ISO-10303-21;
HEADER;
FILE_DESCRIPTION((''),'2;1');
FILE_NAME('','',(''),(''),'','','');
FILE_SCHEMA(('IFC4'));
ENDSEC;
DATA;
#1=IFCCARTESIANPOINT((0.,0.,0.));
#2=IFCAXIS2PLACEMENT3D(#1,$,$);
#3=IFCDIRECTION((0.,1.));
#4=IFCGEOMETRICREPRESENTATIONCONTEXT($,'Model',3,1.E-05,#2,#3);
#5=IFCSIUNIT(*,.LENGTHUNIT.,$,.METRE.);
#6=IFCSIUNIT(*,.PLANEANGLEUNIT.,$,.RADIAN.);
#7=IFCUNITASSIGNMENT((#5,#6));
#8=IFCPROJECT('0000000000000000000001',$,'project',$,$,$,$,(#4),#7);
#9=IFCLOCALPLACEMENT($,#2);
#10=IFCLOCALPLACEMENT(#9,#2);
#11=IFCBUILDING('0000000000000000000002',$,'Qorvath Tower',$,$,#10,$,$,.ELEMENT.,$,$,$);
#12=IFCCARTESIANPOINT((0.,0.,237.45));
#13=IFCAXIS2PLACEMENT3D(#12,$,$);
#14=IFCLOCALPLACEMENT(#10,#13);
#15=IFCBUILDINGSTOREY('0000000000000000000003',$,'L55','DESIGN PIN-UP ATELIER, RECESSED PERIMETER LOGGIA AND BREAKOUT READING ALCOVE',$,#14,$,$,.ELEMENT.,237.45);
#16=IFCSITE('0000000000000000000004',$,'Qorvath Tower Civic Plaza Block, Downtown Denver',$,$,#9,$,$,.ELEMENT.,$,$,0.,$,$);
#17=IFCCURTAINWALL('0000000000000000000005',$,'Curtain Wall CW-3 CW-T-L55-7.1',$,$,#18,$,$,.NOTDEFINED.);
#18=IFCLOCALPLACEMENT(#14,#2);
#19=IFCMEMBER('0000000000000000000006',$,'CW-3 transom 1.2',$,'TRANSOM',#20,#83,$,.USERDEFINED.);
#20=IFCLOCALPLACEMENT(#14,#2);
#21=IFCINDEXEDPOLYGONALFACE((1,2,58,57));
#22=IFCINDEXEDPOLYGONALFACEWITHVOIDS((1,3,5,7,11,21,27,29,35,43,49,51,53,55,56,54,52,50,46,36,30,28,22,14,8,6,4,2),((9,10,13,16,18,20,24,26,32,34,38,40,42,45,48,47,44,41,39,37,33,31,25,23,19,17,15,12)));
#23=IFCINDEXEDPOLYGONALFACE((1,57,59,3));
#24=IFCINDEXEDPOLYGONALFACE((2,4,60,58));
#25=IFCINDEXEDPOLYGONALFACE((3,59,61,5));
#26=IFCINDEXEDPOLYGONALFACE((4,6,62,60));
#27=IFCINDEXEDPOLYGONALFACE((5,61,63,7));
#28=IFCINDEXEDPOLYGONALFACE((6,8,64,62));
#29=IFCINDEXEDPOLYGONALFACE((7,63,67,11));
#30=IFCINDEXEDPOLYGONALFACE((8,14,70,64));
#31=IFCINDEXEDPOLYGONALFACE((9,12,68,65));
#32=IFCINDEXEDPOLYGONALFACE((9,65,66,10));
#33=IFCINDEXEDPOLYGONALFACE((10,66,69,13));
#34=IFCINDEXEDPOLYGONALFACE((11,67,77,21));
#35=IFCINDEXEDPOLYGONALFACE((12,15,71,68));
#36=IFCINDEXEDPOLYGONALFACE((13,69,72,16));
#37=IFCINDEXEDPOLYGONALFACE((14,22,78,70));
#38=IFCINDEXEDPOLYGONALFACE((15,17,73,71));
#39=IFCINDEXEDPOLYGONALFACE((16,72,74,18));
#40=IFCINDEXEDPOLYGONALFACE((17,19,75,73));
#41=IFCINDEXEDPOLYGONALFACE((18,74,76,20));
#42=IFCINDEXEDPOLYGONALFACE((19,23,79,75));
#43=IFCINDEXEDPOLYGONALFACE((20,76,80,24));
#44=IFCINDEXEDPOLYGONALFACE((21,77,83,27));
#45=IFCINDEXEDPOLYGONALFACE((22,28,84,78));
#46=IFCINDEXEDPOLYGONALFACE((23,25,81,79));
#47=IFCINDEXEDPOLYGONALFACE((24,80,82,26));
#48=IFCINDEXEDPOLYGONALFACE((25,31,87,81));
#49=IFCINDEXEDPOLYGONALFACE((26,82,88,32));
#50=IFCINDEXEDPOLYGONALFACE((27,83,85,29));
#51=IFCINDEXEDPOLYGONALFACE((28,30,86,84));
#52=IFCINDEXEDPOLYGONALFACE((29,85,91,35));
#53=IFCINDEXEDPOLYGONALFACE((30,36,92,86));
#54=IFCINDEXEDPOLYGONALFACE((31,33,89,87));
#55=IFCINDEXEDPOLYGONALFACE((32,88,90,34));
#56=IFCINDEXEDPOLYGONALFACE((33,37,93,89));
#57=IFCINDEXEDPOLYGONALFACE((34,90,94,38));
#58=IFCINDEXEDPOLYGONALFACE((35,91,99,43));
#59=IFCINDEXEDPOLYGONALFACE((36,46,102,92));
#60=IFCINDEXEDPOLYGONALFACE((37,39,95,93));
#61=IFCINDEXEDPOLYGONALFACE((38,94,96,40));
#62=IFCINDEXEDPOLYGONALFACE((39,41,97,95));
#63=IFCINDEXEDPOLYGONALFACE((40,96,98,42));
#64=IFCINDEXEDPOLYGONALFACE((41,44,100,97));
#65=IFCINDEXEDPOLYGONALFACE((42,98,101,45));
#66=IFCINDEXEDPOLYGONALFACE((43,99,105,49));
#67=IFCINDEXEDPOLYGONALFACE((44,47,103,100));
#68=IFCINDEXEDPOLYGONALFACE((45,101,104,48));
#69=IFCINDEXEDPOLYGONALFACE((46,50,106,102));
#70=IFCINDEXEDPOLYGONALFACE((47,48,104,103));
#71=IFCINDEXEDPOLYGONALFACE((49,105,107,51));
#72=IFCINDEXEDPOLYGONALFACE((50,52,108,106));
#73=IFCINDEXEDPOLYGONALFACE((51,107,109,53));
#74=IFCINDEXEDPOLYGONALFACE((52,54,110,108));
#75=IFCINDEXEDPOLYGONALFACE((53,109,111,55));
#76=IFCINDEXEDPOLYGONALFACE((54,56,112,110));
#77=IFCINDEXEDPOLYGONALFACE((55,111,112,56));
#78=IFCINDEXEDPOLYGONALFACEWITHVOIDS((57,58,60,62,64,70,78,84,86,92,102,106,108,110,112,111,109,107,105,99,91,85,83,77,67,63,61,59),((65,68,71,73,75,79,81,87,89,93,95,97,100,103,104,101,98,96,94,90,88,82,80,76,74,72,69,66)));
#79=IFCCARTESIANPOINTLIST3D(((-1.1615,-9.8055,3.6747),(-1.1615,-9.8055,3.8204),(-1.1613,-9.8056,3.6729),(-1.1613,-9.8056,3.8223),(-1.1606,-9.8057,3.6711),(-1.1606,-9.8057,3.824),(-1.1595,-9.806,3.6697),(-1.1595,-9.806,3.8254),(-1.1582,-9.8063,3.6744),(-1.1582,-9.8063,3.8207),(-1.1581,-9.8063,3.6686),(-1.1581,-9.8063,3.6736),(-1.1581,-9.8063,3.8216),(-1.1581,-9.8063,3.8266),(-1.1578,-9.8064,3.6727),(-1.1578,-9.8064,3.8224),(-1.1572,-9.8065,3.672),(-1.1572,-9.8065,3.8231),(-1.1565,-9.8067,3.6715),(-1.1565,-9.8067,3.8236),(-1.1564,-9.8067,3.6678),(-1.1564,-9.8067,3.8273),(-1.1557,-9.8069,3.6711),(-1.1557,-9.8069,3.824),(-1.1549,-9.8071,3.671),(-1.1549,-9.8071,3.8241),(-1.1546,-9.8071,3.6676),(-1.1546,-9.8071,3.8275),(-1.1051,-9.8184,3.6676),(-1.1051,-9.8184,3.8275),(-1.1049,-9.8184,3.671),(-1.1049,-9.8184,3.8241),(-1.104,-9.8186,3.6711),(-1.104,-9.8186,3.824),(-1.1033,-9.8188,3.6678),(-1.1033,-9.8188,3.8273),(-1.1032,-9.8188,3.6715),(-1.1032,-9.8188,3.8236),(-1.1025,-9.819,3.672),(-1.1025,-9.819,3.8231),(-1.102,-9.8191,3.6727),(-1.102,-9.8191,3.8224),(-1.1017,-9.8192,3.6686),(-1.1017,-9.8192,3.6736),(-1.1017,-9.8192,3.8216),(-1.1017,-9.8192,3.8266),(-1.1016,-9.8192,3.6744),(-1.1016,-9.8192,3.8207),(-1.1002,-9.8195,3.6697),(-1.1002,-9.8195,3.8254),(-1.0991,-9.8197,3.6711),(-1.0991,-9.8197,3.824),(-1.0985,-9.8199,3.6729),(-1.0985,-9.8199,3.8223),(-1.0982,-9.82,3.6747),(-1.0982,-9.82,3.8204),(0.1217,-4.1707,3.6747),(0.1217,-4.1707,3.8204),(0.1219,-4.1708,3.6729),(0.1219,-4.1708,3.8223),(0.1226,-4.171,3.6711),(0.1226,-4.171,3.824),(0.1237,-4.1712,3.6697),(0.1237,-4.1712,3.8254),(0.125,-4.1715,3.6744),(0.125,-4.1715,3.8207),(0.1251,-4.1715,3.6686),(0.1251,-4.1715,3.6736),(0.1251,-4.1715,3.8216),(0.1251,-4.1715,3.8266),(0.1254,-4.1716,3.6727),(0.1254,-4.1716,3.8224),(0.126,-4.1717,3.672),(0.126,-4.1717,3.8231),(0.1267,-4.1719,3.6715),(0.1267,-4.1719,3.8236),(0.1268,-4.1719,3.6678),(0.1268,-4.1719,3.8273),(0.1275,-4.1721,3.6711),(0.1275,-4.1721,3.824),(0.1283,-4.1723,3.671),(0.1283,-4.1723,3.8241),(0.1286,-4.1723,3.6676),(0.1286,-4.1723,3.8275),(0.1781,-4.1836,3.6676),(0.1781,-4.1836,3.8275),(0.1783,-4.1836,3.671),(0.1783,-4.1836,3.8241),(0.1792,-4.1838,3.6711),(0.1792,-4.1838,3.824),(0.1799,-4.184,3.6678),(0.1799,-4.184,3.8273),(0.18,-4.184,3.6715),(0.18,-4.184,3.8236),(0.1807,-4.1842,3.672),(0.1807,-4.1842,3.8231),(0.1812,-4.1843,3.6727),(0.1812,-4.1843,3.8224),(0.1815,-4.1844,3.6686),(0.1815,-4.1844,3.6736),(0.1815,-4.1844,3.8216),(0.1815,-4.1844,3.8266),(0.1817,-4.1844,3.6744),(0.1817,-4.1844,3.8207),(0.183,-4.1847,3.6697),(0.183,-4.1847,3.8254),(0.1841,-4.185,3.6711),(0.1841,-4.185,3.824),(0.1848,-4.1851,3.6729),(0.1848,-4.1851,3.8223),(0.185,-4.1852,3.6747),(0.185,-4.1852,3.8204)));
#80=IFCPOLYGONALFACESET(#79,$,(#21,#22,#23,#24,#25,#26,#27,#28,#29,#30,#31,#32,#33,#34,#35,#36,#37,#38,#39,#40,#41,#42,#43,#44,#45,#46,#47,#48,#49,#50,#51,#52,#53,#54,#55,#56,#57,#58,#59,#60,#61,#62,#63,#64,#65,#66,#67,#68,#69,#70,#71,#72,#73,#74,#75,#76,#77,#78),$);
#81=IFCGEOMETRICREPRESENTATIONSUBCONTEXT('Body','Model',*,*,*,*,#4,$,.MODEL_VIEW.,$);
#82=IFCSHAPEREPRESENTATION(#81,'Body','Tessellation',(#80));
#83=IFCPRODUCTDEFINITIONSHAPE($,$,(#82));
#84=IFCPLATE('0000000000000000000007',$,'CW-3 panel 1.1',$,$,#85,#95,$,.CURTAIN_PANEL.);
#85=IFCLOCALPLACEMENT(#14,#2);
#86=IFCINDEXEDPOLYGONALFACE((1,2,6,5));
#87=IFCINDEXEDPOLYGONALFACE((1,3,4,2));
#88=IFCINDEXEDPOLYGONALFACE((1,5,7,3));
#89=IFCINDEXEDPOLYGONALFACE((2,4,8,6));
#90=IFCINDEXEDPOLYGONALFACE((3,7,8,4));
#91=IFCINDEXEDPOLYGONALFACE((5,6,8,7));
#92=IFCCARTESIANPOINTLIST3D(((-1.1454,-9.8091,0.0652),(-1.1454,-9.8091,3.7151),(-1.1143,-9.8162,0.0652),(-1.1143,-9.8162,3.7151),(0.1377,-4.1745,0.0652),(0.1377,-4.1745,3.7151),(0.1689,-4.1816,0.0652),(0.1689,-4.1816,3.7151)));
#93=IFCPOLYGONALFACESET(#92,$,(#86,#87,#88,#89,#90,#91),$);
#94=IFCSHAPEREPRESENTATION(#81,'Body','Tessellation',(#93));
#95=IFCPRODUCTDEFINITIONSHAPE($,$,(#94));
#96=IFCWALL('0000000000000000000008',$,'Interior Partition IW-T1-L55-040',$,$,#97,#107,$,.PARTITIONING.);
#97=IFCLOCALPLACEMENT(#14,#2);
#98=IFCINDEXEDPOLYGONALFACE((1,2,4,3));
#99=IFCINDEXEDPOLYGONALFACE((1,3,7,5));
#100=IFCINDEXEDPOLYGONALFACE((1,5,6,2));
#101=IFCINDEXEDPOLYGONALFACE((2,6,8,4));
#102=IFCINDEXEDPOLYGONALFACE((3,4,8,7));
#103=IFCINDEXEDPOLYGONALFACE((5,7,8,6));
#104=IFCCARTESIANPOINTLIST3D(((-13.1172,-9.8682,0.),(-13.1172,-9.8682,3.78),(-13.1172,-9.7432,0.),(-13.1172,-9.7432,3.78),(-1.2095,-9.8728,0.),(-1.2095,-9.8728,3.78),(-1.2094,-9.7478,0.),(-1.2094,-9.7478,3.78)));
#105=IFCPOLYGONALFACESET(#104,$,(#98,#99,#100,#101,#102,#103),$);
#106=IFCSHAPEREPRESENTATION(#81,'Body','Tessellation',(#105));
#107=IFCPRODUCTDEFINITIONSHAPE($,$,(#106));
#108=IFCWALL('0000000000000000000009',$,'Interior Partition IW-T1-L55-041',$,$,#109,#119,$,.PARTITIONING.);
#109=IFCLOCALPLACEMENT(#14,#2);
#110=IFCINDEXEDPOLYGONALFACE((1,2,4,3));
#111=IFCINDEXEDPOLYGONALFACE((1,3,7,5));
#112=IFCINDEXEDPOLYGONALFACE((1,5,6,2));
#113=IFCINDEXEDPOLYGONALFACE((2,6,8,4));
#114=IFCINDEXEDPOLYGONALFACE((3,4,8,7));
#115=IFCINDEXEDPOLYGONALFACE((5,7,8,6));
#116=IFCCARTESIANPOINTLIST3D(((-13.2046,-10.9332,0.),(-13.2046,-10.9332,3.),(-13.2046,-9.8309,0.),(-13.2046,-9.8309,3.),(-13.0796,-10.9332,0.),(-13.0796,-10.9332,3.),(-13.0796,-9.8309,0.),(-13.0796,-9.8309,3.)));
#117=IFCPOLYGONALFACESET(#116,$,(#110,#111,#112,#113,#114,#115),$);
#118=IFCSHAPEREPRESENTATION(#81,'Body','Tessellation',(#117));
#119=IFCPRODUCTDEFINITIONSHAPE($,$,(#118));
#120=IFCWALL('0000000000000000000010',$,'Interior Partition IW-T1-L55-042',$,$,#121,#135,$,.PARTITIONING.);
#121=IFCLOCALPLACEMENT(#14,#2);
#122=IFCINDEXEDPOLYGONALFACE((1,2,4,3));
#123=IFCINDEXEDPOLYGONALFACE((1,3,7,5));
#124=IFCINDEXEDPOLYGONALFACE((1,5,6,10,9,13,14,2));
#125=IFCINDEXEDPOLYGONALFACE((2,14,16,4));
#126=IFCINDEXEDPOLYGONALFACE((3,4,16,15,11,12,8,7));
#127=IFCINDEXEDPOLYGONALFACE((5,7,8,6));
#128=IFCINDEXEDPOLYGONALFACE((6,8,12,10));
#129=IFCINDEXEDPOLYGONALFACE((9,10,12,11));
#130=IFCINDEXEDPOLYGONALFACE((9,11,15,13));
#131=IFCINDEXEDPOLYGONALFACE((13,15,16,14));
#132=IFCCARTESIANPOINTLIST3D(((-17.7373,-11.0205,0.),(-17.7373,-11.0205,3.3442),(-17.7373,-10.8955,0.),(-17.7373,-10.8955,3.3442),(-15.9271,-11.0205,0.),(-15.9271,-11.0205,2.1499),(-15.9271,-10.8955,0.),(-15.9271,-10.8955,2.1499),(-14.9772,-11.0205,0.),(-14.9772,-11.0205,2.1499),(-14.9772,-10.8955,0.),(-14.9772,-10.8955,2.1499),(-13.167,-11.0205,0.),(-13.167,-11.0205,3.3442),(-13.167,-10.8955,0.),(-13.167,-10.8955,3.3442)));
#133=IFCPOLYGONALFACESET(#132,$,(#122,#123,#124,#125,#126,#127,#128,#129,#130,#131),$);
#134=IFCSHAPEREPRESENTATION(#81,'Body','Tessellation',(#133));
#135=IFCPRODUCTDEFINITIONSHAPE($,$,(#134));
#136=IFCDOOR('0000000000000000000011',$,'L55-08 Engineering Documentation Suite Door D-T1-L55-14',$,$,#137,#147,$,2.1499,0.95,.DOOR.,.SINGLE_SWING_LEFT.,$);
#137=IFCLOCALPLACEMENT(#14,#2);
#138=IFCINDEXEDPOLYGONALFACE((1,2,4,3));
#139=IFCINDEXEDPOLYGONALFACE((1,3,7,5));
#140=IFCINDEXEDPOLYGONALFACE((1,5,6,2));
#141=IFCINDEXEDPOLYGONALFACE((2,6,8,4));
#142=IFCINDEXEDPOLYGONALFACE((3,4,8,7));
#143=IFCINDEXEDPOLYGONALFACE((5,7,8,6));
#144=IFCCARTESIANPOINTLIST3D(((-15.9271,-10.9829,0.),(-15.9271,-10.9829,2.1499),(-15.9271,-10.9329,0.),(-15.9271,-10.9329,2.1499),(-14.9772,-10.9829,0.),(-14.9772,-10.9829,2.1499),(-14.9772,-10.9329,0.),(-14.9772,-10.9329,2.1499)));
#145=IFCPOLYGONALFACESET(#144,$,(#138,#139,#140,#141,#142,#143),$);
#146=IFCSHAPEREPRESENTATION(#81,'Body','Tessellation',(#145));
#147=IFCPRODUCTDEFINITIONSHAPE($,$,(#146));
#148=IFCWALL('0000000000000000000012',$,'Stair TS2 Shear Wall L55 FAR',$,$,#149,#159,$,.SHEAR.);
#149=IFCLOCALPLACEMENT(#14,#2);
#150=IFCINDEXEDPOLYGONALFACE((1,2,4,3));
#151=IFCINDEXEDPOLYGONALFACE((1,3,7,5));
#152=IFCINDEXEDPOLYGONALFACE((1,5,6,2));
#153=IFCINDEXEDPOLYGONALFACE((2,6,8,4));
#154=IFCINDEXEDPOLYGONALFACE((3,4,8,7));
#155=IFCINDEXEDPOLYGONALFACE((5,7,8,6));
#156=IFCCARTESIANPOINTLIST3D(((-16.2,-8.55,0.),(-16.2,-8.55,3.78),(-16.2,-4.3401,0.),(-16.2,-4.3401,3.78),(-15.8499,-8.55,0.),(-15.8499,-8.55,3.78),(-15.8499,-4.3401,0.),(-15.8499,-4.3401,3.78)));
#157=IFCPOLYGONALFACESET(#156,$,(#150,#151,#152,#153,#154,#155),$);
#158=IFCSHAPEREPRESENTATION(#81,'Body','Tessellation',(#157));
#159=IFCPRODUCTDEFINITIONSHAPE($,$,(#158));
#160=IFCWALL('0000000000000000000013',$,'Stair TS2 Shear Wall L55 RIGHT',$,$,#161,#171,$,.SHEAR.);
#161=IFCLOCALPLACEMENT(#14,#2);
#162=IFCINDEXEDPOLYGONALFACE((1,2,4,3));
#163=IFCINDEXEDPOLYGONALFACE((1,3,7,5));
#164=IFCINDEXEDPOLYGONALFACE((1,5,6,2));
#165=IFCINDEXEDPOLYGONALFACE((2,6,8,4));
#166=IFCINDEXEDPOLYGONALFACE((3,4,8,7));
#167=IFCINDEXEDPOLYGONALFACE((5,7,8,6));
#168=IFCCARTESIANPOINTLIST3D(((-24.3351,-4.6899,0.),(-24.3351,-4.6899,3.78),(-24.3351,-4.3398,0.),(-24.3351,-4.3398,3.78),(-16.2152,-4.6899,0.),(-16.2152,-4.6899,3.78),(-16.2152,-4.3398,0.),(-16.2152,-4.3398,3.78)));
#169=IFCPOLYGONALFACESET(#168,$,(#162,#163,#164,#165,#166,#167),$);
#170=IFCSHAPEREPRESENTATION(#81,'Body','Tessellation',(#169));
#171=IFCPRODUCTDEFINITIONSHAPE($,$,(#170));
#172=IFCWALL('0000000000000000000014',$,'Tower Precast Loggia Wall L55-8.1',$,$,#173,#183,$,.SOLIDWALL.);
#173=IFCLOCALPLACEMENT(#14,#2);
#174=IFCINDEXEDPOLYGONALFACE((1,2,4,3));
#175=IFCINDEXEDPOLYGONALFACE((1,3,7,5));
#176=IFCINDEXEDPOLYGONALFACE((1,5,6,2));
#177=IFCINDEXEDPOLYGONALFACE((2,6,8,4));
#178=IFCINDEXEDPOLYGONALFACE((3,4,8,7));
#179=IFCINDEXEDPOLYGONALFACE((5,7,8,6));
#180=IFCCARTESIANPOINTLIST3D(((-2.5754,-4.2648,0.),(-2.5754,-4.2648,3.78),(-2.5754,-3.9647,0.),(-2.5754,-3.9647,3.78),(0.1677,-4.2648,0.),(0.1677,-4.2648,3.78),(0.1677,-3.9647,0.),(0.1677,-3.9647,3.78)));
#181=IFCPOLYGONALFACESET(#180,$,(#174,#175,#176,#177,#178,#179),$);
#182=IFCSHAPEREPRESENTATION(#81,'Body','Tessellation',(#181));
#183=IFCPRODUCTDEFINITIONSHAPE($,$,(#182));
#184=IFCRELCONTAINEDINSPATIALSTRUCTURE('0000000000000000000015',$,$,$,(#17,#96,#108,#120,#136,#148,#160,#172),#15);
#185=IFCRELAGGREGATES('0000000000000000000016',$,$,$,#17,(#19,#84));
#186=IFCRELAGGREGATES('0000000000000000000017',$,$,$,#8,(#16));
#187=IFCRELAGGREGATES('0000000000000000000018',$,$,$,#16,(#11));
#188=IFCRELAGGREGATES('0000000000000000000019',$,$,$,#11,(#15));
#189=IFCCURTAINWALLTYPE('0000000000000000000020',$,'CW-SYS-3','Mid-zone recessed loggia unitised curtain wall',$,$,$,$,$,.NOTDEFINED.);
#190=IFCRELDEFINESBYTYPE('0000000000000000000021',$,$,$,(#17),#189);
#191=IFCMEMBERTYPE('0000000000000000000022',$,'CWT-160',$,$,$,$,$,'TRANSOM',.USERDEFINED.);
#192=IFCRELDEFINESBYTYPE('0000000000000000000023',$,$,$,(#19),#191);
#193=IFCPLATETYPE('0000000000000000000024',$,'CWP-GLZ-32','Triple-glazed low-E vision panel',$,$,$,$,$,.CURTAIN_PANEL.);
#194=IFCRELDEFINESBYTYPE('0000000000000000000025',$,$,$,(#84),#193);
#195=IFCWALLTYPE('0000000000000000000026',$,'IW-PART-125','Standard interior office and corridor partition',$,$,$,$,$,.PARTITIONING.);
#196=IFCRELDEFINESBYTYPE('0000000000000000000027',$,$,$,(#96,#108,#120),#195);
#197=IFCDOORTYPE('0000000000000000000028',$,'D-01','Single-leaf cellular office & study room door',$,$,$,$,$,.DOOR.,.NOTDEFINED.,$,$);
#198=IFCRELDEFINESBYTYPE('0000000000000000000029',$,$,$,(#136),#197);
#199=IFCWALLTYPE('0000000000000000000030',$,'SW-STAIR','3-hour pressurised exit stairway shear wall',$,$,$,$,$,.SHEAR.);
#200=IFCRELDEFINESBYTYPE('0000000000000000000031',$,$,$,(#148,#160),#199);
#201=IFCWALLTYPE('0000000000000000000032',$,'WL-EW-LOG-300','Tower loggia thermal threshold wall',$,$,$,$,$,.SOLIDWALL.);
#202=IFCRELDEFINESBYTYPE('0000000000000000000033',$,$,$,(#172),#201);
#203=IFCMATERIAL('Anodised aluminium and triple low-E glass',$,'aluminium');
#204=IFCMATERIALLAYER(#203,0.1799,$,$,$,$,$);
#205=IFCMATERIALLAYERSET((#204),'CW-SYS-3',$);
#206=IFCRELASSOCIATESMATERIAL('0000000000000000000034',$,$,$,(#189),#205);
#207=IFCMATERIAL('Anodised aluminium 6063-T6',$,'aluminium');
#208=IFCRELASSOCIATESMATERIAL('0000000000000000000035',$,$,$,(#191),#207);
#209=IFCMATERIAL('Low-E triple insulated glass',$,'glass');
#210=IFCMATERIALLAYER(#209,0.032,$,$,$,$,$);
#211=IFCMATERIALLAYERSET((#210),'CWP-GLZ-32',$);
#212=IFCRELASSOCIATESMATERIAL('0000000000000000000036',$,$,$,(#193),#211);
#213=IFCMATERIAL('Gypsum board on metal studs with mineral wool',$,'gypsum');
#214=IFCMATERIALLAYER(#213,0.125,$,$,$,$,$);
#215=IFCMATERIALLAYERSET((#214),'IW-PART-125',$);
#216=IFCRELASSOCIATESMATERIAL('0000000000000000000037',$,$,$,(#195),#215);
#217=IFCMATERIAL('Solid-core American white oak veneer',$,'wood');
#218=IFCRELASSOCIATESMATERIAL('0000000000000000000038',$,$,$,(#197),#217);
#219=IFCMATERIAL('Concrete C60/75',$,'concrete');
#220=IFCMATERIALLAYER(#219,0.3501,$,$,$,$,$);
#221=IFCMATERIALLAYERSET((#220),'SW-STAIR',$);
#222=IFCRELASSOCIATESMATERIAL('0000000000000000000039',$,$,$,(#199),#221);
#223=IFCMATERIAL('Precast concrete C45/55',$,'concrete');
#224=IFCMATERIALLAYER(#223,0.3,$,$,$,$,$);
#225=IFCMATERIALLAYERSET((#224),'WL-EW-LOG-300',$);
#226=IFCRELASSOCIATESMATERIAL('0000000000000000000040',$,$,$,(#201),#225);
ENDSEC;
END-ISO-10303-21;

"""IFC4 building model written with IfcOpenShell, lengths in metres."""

from ifc_helpers import new_model, si_unit, direction, frame, frame_2d, origin, origin_2d, place, context, subcontext, project, spatial, rectangle, hollow_rectangle, extrude, material, layer, layer_set, material_profile, profile_set, type_object, element, fill, aggregate, save


model = new_model("IFC4")

# Units and contexts
model_context = context("Model", 3, precision=1e-05, world=origin(), true_north=direction((0.0, 1.0)))
body_context = subcontext(model_context, "Body", "Model", "MODEL_VIEW")
ifc_project = project(units=[si_unit("LENGTHUNIT", "METRE"), si_unit("PLANEANGLEUNIT", "RADIAN")], contexts=[model_context])

# Site, building, storey
site_placement = place(None, origin())
site = spatial("IfcSite", under=ifc_project, at=site_placement, Name="Qorvath Tower Civic Plaza Block, Downtown Denver", CompositionType="ELEMENT", RefElevation=0.0)
building_placement = place(site_placement, origin())
building = spatial("IfcBuilding", under=site, at=building_placement, Name="Qorvath Tower", CompositionType="ELEMENT")
storey_placement = place(building_placement, frame((0.0, 0.0, 237.45)))
storey = spatial("IfcBuildingStorey", under=building, at=storey_placement, Name="L55", Description="DESIGN PIN-UP ATELIER, RECESSED PERIMETER LOGGIA AND BREAKOUT READING ALCOVE", CompositionType="ELEMENT", Elevation=237.45)

# Shared definitions
ifc_material_1 = material(Name="Anodised aluminium and triple low-E glass", Category="aluminium")
ifc_layer_1 = layer(ifc_material_1, 0.1799)
ifc_layer_set_1 = layer_set([ifc_layer_1], Name="CW-SYS-3")
curtain_wall_type = type_object("IfcCurtainWallType", Name="CW-SYS-3", Description="Mid-zone recessed loggia unitised curtain wall", PredefinedType="NOTDEFINED", material=ifc_layer_set_1)

# Curtain wall, member, plate
curtain_wall_1_placement = place(storey_placement, origin())
curtain_wall_1 = element("IfcCurtainWall", 1, at=curtain_wall_1_placement, inside=storey, type_object=curtain_wall_type, Name="Curtain Wall CW-3 CW-T-L55-7.1", PredefinedType="NOTDEFINED")
ifc_material_2 = material(Name="Anodised aluminium 6063-T6", Category="aluminium")
ifc_material_profile_1 = material_profile(ifc_material_2, hollow_rectangle(XDim=0.0649, YDim=0.1599, WallThickness=0.0034, InnerFilletRadius=0.0034, OuterFilletRadius=0.0071, at=origin_2d()), Name="CWT 160x65")
ifc_profile_set_1 = profile_set([ifc_material_profile_1], Name="Anodised aluminium 6063-T6")
member_type_1 = type_object("IfcMemberType", Name="CWT-160", ElementType="TRANSOM", PredefinedType="USERDEFINED", material=ifc_profile_set_1)
member_1_placement = place(storey_placement, frame((-1.1299, -9.8127, 3.7476), z_axis=(0.222045, 0.975036, 0.0), x_axis=(-0.975036, 0.222045, 0.0)))
member_1 = element("IfcMember", 2, at=member_1_placement, type_object=member_type_1, Name="CW-3 transom 1.2", ObjectType="TRANSOM", PredefinedType="USERDEFINED", context=body_context, shape_type="SweptSolid", body=[
    extrude(hollow_rectangle(XDim=0.0649, YDim=0.1599, WallThickness=0.0034, InnerFilletRadius=0.0034, OuterFilletRadius=0.0071, at=origin_2d()), origin(), (0.0, 0.0, 1.0), 5.7791),
])
ifc_material_3 = material(Name="Low-E triple insulated glass", Category="glass")
ifc_layer_2 = layer(ifc_material_3, 0.032)
ifc_layer_set_2 = layer_set([ifc_layer_2], Name="CWP-GLZ-32")
plate_type = type_object("IfcPlateType", Name="CWP-GLZ-32", Description="Triple-glazed low-E vision panel", PredefinedType="CURTAIN_PANEL", material=ifc_layer_set_2)
plate_placement = place(storey_placement, frame((-0.4883, -6.9954, 0.0652), z_axis=(0.0, 0.0, 1.0), x_axis=(0.222042, 0.975037, 0.0)))
plate = element("IfcPlate", 3, at=plate_placement, type_object=plate_type, Name="CW-3 panel 1.1", PredefinedType="CURTAIN_PANEL", context=body_context, shape_type="SweptSolid", body=[
    extrude(rectangle(XDim=5.7788, YDim=0.032, at=origin_2d()), origin(), (0.0, 0.0, 1.0), 3.6499),
])
aggregate(curtain_wall_1, [member_1, plate])

# Walls
ifc_material_4 = material(Name="Gypsum board on metal studs with mineral wool", Category="gypsum")
ifc_layer_3 = layer(ifc_material_4, 0.125)
ifc_layer_set_3 = layer_set([ifc_layer_3], Name="IW-PART-125")
wall_type_1 = type_object("IfcWallType", Name="IW-PART-125", Description="Standard interior office and corridor partition", PredefinedType="PARTITIONING", material=ifc_layer_set_3)
wall_1_placement = place(storey_placement, frame((-1.2095, -9.8103, 0.0), z_axis=(0.0, 0.0, 1.0), x_axis=(-1.0, 0.00039, 0.0)))
element("IfcWall", 4, at=wall_1_placement, inside=storey, type_object=wall_type_1, Name="Interior Partition IW-T1-L55-040", PredefinedType="PARTITIONING", context=body_context, shape_type="SweptSolid", body=[
    extrude(rectangle(XDim=11.9077, YDim=0.125, at=frame_2d((5.9539, 0.0))), origin(), (0.0, 0.0, 1.0), 3.78),
])
wall_2_placement = place(storey_placement, frame((-13.1421, -9.8308, 0.0), z_axis=(0.0, 0.0, 1.0), x_axis=(0.0, -1.0, 0.0)))
element("IfcWall", 5, at=wall_2_placement, inside=storey, type_object=wall_type_1, Name="Interior Partition IW-T1-L55-041", PredefinedType="PARTITIONING", context=body_context, shape_type="SweptSolid", body=[
    extrude(rectangle(XDim=1.1023, YDim=0.125, at=frame_2d((0.5513, 0.0))), origin(), (0.0, 0.0, 1.0), 3.0),
])

# Wall, opening, door
wall_3_placement = place(storey_placement, frame((-13.167, -10.958, 0.0), z_axis=(0.0, 0.0, 1.0), x_axis=(-1.0, 0.0, 0.0)))
wall_3 = element("IfcWall", 6, at=wall_3_placement, inside=storey, type_object=wall_type_1, Name="Interior Partition IW-T1-L55-042", PredefinedType="PARTITIONING", context=body_context, shape_type="SweptSolid", body=[
    extrude(rectangle(XDim=4.5703, YDim=0.125, at=frame_2d((2.2852, 0.0))), origin(), (0.0, 0.0, 1.0), 3.3442),
])
opening_1_placement = place(wall_3_placement, frame((1.8101, 0.0, 0.0)))
opening_1 = element("IfcOpeningElement", 7, at=opening_1_placement, cuts=wall_3, PredefinedType="OPENING", context=body_context, shape_type="SweptSolid", body=[
    extrude(rectangle(XDim=0.95, YDim=2.1499, at=frame_2d((0.4751, 1.075))), frame((0.0, 0.0725, 0.0), z_axis=(0.0, -1.0, 0.0), x_axis=(1.0, 0.0, 0.0)), (0.0, 0.0, 1.0), 0.145),
])
ifc_material_5 = material(Name="Solid-core American white oak veneer", Category="wood")
door_type_1 = type_object("IfcDoorType", Name="D-01", Description="Single-leaf cellular office & study room door", OperationType="NOTDEFINED", PredefinedType="DOOR", material=ifc_material_5)
door_1_placement = place(opening_1_placement, origin())
door_1 = element("IfcDoor", 8, at=door_1_placement, inside=storey, type_object=door_type_1, Name="L55-08 Engineering Documentation Suite Door D-T1-L55-14", OperationType="SINGLE_SWING_LEFT", OverallHeight=2.1499, OverallWidth=0.95, PredefinedType="DOOR", context=body_context, shape_type="SweptSolid", body=[
    extrude(rectangle(XDim=0.95, YDim=2.1499, at=frame_2d((0.4751, 1.075))), frame((0.0, 0.0249, 0.0), z_axis=(0.0, -1.0, 0.0), x_axis=(1.0, 0.0, 0.0)), (0.0, 0.0, 1.0), 0.05),
])
fill(opening_1, door_1)

# Walls
ifc_material_6 = material(Name="Concrete C60/75", Category="concrete")
ifc_layer_4 = layer(ifc_material_6, 0.3501)
ifc_layer_set_4 = layer_set([ifc_layer_4], Name="SW-STAIR")
wall_type_2 = type_object("IfcWallType", Name="SW-STAIR", Description="3-hour pressurised exit stairway shear wall", PredefinedType="SHEAR", material=ifc_layer_set_4)
wall_4_placement = place(storey_placement, frame((-16.0249, -8.55, 0.0), z_axis=(0.0, 0.0, 1.0), x_axis=(0.0, 1.0, 0.0)))
element("IfcWall", 9, at=wall_4_placement, inside=storey, type_object=wall_type_2, Name="Stair TS2 Shear Wall L55 FAR", PredefinedType="SHEAR", context=body_context, shape_type="SweptSolid", body=[
    extrude(rectangle(XDim=4.21, YDim=0.3501, at=frame_2d((2.105, 0.0))), origin(), (0.0, 0.0, 1.0), 3.78),
])
wall_5_placement = place(storey_placement, frame((-16.2151, -4.5149, 0.0), z_axis=(0.0, 0.0, 1.0), x_axis=(-1.0, 0.0, 0.0)))
element("IfcWall", 10, at=wall_5_placement, inside=storey, type_object=wall_type_2, Name="Stair TS2 Shear Wall L55 RIGHT", PredefinedType="SHEAR", context=body_context, shape_type="SweptSolid", body=[
    extrude(rectangle(XDim=8.1199, YDim=0.3501, at=frame_2d((4.0601, 0.0))), origin(), (0.0, 0.0, 1.0), 3.78),
])
ifc_material_7 = material(Name="Precast concrete C45/55", Category="concrete")
ifc_layer_5 = layer(ifc_material_7, 0.3)
ifc_layer_set_5 = layer_set([ifc_layer_5], Name="WL-EW-LOG-300")
wall_type_3 = type_object("IfcWallType", Name="WL-EW-LOG-300", Description="Tower loggia thermal threshold wall", PredefinedType="SOLIDWALL", material=ifc_layer_set_5)
wall_6_placement = place(storey_placement, frame((0.1677, -4.1147, 0.0), z_axis=(0.0, 0.0, 1.0), x_axis=(-1.0, 0.0, 0.0)))
element("IfcWall", 11, at=wall_6_placement, inside=storey, type_object=wall_type_3, Name="Tower Precast Loggia Wall L55-8.1", PredefinedType="SOLIDWALL", context=body_context, shape_type="SweptSolid", body=[
    extrude(rectangle(XDim=2.7432, YDim=0.3, at=frame_2d((1.3716, 0.0))), origin(), (0.0, 0.0, 1.0), 3.78),
])

save(model, "model.ifc")
